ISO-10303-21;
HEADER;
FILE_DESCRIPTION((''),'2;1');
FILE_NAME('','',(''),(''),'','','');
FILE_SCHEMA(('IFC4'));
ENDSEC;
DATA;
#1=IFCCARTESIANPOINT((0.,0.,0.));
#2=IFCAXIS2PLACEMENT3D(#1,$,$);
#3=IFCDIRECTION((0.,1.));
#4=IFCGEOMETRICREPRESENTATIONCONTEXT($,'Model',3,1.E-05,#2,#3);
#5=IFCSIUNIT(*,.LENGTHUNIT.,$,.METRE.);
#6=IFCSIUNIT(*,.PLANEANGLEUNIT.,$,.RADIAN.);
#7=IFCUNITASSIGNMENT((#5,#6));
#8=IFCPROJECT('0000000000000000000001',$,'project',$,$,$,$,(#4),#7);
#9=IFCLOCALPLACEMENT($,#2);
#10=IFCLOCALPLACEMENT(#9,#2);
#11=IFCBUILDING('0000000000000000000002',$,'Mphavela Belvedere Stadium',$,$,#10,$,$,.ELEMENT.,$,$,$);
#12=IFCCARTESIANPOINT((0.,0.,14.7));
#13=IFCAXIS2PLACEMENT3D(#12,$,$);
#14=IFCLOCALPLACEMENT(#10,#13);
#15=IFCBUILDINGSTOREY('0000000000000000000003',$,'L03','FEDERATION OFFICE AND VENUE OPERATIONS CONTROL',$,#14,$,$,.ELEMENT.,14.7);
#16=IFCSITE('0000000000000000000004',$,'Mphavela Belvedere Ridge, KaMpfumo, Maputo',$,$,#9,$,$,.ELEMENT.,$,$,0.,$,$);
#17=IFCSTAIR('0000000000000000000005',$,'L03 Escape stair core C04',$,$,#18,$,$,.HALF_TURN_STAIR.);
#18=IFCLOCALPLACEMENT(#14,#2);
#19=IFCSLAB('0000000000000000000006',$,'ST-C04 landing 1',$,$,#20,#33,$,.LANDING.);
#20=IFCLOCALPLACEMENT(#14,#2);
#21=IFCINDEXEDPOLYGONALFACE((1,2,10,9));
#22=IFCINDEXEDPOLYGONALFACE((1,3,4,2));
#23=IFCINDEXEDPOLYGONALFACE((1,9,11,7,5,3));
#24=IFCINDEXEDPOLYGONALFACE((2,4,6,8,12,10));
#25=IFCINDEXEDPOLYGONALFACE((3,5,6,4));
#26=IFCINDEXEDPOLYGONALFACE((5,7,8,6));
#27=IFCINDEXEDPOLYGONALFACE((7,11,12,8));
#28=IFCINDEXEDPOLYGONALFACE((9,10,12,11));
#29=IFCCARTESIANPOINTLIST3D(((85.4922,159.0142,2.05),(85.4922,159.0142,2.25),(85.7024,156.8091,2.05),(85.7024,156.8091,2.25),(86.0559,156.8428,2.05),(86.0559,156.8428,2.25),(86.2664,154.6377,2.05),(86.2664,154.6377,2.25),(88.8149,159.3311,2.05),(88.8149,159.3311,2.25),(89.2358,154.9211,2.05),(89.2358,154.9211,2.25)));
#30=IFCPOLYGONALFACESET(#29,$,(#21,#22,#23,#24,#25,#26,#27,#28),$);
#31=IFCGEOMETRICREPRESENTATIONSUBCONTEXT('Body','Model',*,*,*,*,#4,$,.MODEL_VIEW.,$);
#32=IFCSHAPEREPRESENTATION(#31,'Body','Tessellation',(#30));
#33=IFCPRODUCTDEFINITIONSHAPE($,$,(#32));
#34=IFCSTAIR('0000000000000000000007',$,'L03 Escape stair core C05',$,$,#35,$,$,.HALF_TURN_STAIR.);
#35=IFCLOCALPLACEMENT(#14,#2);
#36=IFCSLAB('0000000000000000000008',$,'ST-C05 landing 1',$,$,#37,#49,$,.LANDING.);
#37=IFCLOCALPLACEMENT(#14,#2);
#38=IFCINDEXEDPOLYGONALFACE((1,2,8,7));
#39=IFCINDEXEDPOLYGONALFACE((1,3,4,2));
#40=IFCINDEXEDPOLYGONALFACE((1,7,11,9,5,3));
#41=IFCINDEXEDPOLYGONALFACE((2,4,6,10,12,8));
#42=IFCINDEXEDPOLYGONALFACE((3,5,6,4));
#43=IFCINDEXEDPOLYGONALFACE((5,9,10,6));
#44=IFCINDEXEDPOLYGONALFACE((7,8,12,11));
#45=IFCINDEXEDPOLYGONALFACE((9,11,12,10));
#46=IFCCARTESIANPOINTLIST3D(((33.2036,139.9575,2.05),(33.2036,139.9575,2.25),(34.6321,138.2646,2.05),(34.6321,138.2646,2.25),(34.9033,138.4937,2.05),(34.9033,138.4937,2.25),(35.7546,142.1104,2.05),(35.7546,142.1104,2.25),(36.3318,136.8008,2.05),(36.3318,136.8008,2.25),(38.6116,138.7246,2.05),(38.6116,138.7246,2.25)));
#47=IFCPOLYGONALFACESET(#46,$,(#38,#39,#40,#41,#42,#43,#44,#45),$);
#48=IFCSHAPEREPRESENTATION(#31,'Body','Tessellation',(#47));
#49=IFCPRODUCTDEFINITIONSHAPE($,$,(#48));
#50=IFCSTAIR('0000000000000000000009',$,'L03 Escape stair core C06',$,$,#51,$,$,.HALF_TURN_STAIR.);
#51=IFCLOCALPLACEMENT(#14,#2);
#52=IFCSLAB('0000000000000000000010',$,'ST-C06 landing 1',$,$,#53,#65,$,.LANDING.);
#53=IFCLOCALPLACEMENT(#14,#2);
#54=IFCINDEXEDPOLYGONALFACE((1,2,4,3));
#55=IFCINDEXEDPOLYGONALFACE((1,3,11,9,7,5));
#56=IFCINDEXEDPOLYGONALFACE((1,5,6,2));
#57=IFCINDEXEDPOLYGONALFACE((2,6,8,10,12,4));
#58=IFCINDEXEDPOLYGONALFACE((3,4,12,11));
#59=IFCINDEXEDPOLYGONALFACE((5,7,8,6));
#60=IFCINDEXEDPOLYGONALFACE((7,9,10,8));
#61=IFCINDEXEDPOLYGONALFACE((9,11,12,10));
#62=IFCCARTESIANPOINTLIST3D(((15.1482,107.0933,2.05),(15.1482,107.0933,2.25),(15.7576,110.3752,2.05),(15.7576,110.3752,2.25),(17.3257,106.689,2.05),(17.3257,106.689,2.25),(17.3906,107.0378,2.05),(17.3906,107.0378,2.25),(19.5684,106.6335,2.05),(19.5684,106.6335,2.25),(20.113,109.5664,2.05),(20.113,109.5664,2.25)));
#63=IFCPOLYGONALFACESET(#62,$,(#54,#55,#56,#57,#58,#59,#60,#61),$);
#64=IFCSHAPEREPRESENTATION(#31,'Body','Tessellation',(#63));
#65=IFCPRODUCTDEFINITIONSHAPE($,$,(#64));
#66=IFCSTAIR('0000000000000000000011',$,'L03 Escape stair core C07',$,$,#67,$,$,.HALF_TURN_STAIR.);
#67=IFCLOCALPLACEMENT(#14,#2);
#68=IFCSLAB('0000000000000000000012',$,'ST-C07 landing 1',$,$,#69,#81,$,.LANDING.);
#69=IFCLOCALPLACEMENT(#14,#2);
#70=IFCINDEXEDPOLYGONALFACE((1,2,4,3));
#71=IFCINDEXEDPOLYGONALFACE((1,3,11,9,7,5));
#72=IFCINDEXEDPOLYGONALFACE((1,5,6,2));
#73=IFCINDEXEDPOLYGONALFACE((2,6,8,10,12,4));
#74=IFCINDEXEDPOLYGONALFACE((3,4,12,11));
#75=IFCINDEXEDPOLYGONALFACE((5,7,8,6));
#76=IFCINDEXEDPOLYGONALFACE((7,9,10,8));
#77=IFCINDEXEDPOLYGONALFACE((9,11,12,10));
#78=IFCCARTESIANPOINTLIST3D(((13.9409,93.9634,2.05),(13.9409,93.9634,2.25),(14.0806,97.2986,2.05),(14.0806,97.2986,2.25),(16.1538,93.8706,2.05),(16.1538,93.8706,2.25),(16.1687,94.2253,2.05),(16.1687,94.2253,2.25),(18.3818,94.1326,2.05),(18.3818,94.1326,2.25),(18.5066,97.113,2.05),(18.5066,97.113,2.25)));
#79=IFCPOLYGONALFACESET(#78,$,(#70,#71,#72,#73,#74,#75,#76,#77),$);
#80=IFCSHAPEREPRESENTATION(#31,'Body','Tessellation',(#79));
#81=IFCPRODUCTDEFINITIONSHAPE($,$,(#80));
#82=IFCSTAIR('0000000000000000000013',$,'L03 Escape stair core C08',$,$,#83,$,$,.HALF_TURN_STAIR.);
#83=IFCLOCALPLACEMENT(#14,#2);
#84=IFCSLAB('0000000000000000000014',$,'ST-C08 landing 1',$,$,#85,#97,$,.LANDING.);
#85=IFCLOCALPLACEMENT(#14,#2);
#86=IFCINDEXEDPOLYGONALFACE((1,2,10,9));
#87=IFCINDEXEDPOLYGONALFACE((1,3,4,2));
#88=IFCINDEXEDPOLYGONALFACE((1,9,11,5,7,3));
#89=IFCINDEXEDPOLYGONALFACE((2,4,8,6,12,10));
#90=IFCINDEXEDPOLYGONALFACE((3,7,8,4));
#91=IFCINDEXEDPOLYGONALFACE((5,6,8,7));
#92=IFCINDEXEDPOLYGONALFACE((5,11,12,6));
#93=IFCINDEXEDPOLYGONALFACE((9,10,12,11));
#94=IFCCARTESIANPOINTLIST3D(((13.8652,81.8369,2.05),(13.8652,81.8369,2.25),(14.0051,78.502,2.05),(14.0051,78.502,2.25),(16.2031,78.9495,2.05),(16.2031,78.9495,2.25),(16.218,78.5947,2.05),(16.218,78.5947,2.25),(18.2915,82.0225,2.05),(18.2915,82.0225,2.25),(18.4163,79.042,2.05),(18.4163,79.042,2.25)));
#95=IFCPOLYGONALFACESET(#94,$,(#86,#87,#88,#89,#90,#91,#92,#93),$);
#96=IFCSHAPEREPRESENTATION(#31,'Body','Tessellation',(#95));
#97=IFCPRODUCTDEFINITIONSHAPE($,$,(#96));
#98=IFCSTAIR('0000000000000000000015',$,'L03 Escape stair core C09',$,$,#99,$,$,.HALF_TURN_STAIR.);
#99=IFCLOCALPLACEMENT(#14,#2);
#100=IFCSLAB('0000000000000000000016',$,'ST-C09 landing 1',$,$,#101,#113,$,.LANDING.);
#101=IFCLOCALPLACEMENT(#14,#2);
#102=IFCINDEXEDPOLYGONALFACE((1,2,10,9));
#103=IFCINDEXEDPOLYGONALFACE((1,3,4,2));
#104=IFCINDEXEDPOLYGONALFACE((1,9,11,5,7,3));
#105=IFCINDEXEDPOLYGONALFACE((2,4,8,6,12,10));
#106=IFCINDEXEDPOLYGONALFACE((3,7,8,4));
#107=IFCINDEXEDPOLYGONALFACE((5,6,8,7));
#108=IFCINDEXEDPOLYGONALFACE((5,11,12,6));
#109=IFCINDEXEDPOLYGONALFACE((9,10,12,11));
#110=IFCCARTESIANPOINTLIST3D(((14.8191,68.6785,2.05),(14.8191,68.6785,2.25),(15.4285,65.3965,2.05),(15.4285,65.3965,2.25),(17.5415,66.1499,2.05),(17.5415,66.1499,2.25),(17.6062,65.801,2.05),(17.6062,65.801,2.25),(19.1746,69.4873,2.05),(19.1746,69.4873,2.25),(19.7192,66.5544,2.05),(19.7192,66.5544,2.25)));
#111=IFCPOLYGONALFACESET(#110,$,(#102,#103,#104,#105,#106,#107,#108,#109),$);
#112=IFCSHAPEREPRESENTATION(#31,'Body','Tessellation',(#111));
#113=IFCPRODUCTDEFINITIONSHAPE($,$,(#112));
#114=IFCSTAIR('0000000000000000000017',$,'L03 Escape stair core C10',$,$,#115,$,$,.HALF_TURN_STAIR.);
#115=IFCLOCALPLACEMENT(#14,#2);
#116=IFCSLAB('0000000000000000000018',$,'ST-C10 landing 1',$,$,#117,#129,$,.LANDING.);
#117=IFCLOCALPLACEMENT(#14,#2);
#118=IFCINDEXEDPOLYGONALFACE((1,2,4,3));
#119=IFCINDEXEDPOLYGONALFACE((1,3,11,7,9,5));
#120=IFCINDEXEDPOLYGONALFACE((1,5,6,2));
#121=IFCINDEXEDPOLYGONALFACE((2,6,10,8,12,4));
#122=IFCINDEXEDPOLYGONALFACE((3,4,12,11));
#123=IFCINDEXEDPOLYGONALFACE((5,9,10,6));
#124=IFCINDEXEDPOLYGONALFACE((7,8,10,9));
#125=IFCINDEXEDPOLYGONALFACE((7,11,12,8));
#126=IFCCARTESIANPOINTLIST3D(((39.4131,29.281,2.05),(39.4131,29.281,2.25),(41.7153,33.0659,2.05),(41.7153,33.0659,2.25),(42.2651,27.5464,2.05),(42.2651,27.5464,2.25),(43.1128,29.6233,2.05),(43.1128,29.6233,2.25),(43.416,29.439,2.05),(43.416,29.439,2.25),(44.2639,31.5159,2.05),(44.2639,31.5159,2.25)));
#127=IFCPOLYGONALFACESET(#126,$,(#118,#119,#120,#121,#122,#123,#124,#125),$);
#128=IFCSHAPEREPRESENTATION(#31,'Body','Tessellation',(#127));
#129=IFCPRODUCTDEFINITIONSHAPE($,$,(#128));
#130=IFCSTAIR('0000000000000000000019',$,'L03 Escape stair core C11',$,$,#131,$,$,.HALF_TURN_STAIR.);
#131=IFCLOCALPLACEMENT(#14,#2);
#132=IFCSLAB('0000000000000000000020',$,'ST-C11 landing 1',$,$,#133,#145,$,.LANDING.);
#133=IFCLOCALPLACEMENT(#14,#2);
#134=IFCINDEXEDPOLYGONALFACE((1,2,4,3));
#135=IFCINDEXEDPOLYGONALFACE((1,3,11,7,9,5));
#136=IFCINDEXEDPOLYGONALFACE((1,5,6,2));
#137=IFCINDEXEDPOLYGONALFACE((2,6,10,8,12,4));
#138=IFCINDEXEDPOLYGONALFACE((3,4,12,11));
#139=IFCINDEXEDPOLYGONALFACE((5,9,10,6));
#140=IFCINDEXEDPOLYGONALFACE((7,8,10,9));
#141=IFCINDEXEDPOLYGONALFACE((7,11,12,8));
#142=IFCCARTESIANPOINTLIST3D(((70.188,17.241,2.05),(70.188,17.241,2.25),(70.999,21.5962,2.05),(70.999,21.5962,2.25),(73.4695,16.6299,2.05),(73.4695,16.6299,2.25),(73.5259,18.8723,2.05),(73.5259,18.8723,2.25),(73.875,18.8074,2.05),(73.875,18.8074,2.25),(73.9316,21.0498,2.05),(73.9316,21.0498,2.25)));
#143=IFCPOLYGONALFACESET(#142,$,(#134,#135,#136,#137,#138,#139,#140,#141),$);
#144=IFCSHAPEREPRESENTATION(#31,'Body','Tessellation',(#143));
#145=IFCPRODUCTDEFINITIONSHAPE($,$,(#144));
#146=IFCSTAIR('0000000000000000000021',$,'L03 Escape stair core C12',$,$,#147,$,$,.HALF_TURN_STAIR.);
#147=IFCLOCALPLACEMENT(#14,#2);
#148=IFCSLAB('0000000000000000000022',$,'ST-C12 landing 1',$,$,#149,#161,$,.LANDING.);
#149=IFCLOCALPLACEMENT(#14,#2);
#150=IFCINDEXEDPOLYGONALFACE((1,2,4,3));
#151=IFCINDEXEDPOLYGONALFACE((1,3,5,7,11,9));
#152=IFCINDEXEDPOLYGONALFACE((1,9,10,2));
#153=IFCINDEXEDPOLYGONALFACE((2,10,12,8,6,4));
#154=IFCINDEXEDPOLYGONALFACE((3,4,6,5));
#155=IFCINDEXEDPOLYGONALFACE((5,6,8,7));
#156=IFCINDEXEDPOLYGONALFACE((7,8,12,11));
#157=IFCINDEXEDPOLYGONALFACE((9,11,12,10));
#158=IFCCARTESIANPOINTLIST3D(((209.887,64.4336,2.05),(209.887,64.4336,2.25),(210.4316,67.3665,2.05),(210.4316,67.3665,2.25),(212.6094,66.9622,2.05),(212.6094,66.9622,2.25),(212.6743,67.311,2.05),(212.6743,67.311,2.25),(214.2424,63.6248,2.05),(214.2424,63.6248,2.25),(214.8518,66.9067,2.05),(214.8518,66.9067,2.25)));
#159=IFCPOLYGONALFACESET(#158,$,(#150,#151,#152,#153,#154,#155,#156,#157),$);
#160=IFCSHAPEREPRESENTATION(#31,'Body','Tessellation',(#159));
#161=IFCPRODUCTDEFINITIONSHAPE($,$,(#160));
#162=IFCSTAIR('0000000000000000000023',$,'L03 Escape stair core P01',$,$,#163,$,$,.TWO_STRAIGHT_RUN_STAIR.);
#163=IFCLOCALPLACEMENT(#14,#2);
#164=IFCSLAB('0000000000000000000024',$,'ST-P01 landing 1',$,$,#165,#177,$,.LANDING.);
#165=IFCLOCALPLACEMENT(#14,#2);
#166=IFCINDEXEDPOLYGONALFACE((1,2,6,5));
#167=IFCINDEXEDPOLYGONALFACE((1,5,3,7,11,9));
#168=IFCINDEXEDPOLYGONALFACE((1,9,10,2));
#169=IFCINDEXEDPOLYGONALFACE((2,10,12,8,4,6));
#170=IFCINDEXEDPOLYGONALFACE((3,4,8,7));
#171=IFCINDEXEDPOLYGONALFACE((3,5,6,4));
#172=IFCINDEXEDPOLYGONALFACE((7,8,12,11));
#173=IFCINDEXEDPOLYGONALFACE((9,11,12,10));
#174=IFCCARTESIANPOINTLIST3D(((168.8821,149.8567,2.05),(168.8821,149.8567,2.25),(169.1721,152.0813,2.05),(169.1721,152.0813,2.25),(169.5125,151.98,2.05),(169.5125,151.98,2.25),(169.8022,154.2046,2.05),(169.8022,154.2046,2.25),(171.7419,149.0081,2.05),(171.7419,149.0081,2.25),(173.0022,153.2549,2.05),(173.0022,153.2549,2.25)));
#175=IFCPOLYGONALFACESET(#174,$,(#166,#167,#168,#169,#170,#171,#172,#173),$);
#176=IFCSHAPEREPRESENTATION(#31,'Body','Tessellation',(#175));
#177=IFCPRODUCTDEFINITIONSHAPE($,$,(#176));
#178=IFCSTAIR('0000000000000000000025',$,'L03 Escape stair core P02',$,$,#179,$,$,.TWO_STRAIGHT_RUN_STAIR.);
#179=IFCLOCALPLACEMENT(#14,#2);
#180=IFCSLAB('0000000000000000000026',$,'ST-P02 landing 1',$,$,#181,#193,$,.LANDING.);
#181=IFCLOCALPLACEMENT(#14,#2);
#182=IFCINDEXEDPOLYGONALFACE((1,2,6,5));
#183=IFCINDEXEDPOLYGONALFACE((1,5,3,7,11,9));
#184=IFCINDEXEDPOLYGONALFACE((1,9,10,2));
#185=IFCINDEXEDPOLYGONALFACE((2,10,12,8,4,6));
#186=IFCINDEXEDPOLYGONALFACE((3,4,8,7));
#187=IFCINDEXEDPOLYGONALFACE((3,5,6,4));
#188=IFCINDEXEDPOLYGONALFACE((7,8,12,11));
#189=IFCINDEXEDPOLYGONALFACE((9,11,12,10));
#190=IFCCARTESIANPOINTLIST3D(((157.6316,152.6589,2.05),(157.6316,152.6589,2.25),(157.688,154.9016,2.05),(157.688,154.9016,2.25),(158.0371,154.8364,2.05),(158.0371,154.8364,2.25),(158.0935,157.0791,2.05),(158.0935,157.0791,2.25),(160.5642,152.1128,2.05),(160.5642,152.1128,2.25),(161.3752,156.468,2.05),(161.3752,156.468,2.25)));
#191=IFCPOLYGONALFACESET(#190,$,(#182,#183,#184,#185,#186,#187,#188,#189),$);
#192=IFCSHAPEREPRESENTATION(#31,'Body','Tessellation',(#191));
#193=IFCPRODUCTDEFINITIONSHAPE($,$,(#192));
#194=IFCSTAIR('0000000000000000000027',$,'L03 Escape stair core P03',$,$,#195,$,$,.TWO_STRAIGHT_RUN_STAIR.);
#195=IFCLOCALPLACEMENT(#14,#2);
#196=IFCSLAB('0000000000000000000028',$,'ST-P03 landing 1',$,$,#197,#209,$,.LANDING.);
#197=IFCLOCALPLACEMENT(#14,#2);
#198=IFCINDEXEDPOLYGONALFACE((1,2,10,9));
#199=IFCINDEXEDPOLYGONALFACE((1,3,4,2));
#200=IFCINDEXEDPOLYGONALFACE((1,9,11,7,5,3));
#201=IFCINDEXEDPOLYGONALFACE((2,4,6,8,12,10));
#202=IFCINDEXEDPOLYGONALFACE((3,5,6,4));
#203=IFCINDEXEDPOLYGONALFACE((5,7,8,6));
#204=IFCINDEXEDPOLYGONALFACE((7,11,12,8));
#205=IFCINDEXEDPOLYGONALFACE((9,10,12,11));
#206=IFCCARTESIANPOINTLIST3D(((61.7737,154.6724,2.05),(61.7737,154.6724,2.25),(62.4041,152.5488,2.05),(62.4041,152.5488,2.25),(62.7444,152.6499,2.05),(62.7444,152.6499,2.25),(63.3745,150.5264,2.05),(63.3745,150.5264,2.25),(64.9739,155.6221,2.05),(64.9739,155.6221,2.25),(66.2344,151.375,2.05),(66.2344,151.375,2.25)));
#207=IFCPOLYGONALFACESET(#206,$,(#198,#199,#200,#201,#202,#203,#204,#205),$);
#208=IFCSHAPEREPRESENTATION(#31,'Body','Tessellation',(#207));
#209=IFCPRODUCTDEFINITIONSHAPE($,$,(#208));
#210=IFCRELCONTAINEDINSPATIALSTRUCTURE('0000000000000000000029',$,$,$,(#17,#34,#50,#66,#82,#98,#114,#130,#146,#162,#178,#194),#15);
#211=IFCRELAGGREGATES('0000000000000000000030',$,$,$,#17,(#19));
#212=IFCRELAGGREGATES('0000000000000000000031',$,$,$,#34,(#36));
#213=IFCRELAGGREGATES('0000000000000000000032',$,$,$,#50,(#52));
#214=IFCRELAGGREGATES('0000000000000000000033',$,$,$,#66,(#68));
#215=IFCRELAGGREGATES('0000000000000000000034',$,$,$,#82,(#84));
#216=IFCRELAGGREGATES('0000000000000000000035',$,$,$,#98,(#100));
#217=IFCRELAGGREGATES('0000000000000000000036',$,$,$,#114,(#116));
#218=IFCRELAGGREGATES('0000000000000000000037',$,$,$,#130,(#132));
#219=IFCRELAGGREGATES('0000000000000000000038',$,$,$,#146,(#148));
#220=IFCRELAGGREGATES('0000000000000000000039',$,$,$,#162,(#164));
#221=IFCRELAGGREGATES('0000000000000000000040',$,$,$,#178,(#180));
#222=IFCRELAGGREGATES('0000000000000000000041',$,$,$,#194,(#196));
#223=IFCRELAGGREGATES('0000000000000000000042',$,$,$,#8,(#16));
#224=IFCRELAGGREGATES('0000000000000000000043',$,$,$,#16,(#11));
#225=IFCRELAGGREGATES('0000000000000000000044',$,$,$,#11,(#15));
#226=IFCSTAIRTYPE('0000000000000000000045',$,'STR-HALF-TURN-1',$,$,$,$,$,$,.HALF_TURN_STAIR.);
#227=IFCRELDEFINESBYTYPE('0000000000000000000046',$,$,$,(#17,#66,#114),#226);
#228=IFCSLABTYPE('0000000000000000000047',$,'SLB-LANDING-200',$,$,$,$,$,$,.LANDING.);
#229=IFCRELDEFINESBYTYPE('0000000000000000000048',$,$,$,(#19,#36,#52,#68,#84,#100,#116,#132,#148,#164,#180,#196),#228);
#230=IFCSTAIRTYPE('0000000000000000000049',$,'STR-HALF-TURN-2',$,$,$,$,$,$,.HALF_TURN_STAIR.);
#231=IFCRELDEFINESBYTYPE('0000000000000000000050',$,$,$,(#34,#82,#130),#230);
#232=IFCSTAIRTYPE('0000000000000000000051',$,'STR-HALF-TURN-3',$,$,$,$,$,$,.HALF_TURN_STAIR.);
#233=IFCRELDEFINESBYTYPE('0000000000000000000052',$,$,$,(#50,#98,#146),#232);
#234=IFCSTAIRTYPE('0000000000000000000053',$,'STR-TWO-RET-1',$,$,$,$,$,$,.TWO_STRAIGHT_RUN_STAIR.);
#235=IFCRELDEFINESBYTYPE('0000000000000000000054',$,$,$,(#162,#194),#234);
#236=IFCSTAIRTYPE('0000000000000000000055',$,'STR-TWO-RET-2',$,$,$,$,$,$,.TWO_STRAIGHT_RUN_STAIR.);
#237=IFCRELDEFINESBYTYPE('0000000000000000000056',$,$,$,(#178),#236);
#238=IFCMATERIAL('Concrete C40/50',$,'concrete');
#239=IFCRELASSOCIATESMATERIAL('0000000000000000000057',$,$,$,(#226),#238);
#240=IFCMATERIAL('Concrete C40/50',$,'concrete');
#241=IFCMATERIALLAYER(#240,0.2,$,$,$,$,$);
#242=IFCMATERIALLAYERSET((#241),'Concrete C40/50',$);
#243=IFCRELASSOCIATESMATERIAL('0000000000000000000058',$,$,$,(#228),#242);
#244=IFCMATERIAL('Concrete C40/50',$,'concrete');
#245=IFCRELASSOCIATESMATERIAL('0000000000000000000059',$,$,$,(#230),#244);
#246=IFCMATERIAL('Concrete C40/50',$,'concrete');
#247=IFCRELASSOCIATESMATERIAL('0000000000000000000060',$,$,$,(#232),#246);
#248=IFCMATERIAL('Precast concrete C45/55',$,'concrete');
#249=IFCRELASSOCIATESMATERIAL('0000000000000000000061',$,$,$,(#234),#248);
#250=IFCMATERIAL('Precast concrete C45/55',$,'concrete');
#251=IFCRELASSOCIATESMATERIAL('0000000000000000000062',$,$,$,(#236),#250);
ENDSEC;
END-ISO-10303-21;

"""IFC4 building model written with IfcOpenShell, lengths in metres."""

from ifc_helpers import new_model, si_unit, direction, frame, origin, place, context, subcontext, project, spatial, polyline, outline, extrude, material, layer, layer_set, type_object, element, aggregate, save


model = new_model("IFC4")

# Units and contexts
model_context = context("Model", 3, precision=1e-05, world=origin(), true_north=direction((0.0, 1.0)))
body_context = subcontext(model_context, "Body", "Model", "MODEL_VIEW")
ifc_project = project(units=[si_unit("LENGTHUNIT", "METRE"), si_unit("PLANEANGLEUNIT", "RADIAN")], contexts=[model_context])

# Site, building, storey
site_placement = place(None, origin())
site = spatial("IfcSite", under=ifc_project, at=site_placement, Name="Mphavela Belvedere Ridge, KaMpfumo, Maputo", CompositionType="ELEMENT", RefElevation=0.0)
building_placement = place(site_placement, origin())
building = spatial("IfcBuilding", under=site, at=building_placement, Name="Mphavela Belvedere Stadium", CompositionType="ELEMENT")
storey_placement = place(building_placement, frame((0.0, 0.0, 14.7)))
storey = spatial("IfcBuildingStorey", under=building, at=storey_placement, Name="L03", Description="FEDERATION OFFICE AND VENUE OPERATIONS CONTROL", CompositionType="ELEMENT", Elevation=14.7)

# Stairs, slabs
ifc_material_1 = material(Name="Concrete C40/50", Category="concrete")
stair_type_1 = type_object("IfcStairType", Name="STR-HALF-TURN-1", PredefinedType="HALF_TURN_STAIR", material=ifc_material_1)
ifc_material_2 = material(Name="Concrete C40/50", Category="concrete")
ifc_layer_1 = layer(ifc_material_2, 0.2)
ifc_layer_set_1 = layer_set([ifc_layer_1], Name="Concrete C40/50")
slab_type_1 = type_object("IfcSlabType", Name="SLB-LANDING-200", PredefinedType="LANDING", material=ifc_layer_set_1)
ifc_material_3 = material(Name="Concrete C40/50", Category="concrete")
stair_type_2 = type_object("IfcStairType", Name="STR-HALF-TURN-2", PredefinedType="HALF_TURN_STAIR", material=ifc_material_3)
ifc_material_4 = material(Name="Concrete C40/50", Category="concrete")
stair_type_3 = type_object("IfcStairType", Name="STR-HALF-TURN-3", PredefinedType="HALF_TURN_STAIR", material=ifc_material_4)
stair_1_placement = place(storey_placement, origin())
stair_1 = element("IfcStair", 1, at=stair_1_placement, inside=storey, type_object=stair_type_1, Name="L03 Escape stair core C04", PredefinedType="HALF_TURN_STAIR")
slab_1_placement = place(storey_placement, frame((0.0, 0.0, 2.05)))
slab_1 = element("IfcSlab", 2, at=slab_1_placement, type_object=slab_type_1, Name="ST-C04 landing 1", PredefinedType="LANDING", context=body_context, shape_type="SweptSolid", body=[
    extrude(outline(polyline([(86.2664, 154.6377), (89.2358, 154.9211), (88.8149, 159.3311), (85.4922, 159.0142), (85.7024, 156.8091), (86.0559, 156.8428), (86.2664, 154.6377)])), origin(), (0.0, 0.0, 1.0), 0.2),
])
aggregate(stair_1, [slab_1])
stair_2_placement = place(storey_placement, origin())
stair_2 = element("IfcStair", 3, at=stair_2_placement, inside=storey, type_object=stair_type_2, Name="L03 Escape stair core C05", PredefinedType="HALF_TURN_STAIR")
slab_2_placement = place(storey_placement, frame((0.0, 0.0, 2.05)))
slab_2 = element("IfcSlab", 4, at=slab_2_placement, type_object=slab_type_1, Name="ST-C05 landing 1", PredefinedType="LANDING", context=body_context, shape_type="SweptSolid", body=[
    extrude(outline(polyline([(36.3318, 136.8008), (38.6116, 138.7246), (35.7546, 142.1104), (33.2036, 139.9575), (34.6321, 138.2646), (34.9033, 138.4937), (36.3318, 136.8008)])), origin(), (0.0, 0.0, 1.0), 0.2),
])
aggregate(stair_2, [slab_2])
stair_3_placement = place(storey_placement, origin())
stair_3 = element("IfcStair", 5, at=stair_3_placement, inside=storey, type_object=stair_type_3, Name="L03 Escape stair core C06", PredefinedType="HALF_TURN_STAIR")
slab_3_placement = place(storey_placement, frame((0.0, 0.0, 2.05)))
slab_3 = element("IfcSlab", 6, at=slab_3_placement, type_object=slab_type_1, Name="ST-C06 landing 1", PredefinedType="LANDING", context=body_context, shape_type="SweptSolid", body=[
    extrude(outline(polyline([(19.5684, 106.6335), (20.113, 109.5664), (15.7576, 110.3752), (15.1482, 107.0933), (17.3257, 106.689), (17.3906, 107.0378), (19.5684, 106.6335)])), origin(), (0.0, 0.0, 1.0), 0.2),
])
aggregate(stair_3, [slab_3])
stair_4_placement = place(storey_placement, origin())
stair_4 = element("IfcStair", 7, at=stair_4_placement, inside=storey, type_object=stair_type_1, Name="L03 Escape stair core C07", PredefinedType="HALF_TURN_STAIR")
slab_4_placement = place(storey_placement, frame((0.0, 0.0, 2.05)))
slab_4 = element("IfcSlab", 8, at=slab_4_placement, type_object=slab_type_1, Name="ST-C07 landing 1", PredefinedType="LANDING", context=body_context, shape_type="SweptSolid", body=[
    extrude(outline(polyline([(18.3818, 94.1326), (18.5066, 97.113), (14.0806, 97.2986), (13.9409, 93.9634), (16.1538, 93.8706), (16.1687, 94.2253), (18.3818, 94.1326)])), origin(), (0.0, 0.0, 1.0), 0.2),
])
aggregate(stair_4, [slab_4])
stair_5_placement = place(storey_placement, origin())
stair_5 = element("IfcStair", 9, at=stair_5_placement, inside=storey, type_object=stair_type_2, Name="L03 Escape stair core C08", PredefinedType="HALF_TURN_STAIR")
slab_5_placement = place(storey_placement, frame((0.0, 0.0, 2.05)))
slab_5 = element("IfcSlab", 10, at=slab_5_placement, type_object=slab_type_1, Name="ST-C08 landing 1", PredefinedType="LANDING", context=body_context, shape_type="SweptSolid", body=[
    extrude(outline(polyline([(18.4163, 79.042), (18.2915, 82.0225), (13.8652, 81.8369), (14.0051, 78.502), (16.218, 78.5947), (16.2031, 78.9495), (18.4163, 79.042)])), origin(), (0.0, 0.0, 1.0), 0.2),
])
aggregate(stair_5, [slab_5])
stair_6_placement = place(storey_placement, origin())
stair_6 = element("IfcStair", 11, at=stair_6_placement, inside=storey, type_object=stair_type_3, Name="L03 Escape stair core C09", PredefinedType="HALF_TURN_STAIR")
slab_6_placement = place(storey_placement, frame((0.0, 0.0, 2.05)))
slab_6 = element("IfcSlab", 12, at=slab_6_placement, type_object=slab_type_1, Name="ST-C09 landing 1", PredefinedType="LANDING", context=body_context, shape_type="SweptSolid", body=[
    extrude(outline(polyline([(19.7192, 66.5544), (19.1746, 69.4873), (14.8191, 68.6785), (15.4285, 65.3965), (17.6062, 65.801), (17.5415, 66.1499), (19.7192, 66.5544)])), origin(), (0.0, 0.0, 1.0), 0.2),
])
aggregate(stair_6, [slab_6])
stair_7_placement = place(storey_placement, origin())
stair_7 = element("IfcStair", 13, at=stair_7_placement, inside=storey, type_object=stair_type_1, Name="L03 Escape stair core C10", PredefinedType="HALF_TURN_STAIR")
slab_7_placement = place(storey_placement, frame((0.0, 0.0, 2.05)))
slab_7 = element("IfcSlab", 14, at=slab_7_placement, type_object=slab_type_1, Name="ST-C10 landing 1", PredefinedType="LANDING", context=body_context, shape_type="SweptSolid", body=[
    extrude(outline(polyline([(44.2639, 31.5159), (41.7153, 33.0659), (39.4131, 29.281), (42.2651, 27.5464), (43.416, 29.439), (43.1128, 29.6233), (44.2639, 31.5159)])), origin(), (0.0, 0.0, 1.0), 0.2),
])
aggregate(stair_7, [slab_7])
stair_8_placement = place(storey_placement, origin())
stair_8 = element("IfcStair", 15, at=stair_8_placement, inside=storey, type_object=stair_type_2, Name="L03 Escape stair core C11", PredefinedType="HALF_TURN_STAIR")
slab_8_placement = place(storey_placement, frame((0.0, 0.0, 2.05)))
slab_8 = element("IfcSlab", 16, at=slab_8_placement, type_object=slab_type_1, Name="ST-C11 landing 1", PredefinedType="LANDING", context=body_context, shape_type="SweptSolid", body=[
    extrude(outline(polyline([(73.9316, 21.0498), (70.999, 21.5962), (70.188, 17.241), (73.4695, 16.6299), (73.875, 18.8074), (73.5259, 18.8723), (73.9316, 21.0498)])), origin(), (0.0, 0.0, 1.0), 0.2),
])
aggregate(stair_8, [slab_8])
stair_9_placement = place(storey_placement, origin())
stair_9 = element("IfcStair", 17, at=stair_9_placement, inside=storey, type_object=stair_type_3, Name="L03 Escape stair core C12", PredefinedType="HALF_TURN_STAIR")
slab_9_placement = place(storey_placement, frame((0.0, 0.0, 2.05)))
slab_9 = element("IfcSlab", 18, at=slab_9_placement, type_object=slab_type_1, Name="ST-C12 landing 1", PredefinedType="LANDING", context=body_context, shape_type="SweptSolid", body=[
    extrude(outline(polyline([(210.4316, 67.3665), (209.887, 64.4336), (214.2424, 63.6248), (214.8518, 66.9067), (212.6743, 67.311), (212.6094, 66.9622), (210.4316, 67.3665)])), origin(), (0.0, 0.0, 1.0), 0.2),
])
aggregate(stair_9, [slab_9])
ifc_material_5 = material(Name="Precast concrete C45/55", Category="concrete")
stair_type_4 = type_object("IfcStairType", Name="STR-TWO-RET-1", PredefinedType="TWO_STRAIGHT_RUN_STAIR", material=ifc_material_5)
stair_10_placement = place(storey_placement, origin())
stair_10 = element("IfcStair", 19, at=stair_10_placement, inside=storey, type_object=stair_type_4, Name="L03 Escape stair core P01", PredefinedType="TWO_STRAIGHT_RUN_STAIR")
slab_10_placement = place(storey_placement, frame((0.0, 0.0, 2.05)))
slab_10 = element("IfcSlab", 20, at=slab_10_placement, type_object=slab_type_1, Name="ST-P01 landing 1", PredefinedType="LANDING", context=body_context, shape_type="SweptSolid", body=[
    extrude(outline(polyline([(168.8821, 149.8567), (171.7419, 149.0081), (173.0022, 153.2549), (169.8022, 154.2046), (169.1721, 152.0813), (169.5125, 151.98), (168.8821, 149.8567)])), origin(), (0.0, 0.0, 1.0), 0.2),
])
aggregate(stair_10, [slab_10])
ifc_material_6 = material(Name="Precast concrete C45/55", Category="concrete")
stair_type_5 = type_object("IfcStairType", Name="STR-TWO-RET-2", PredefinedType="TWO_STRAIGHT_RUN_STAIR", material=ifc_material_6)
stair_11_placement = place(storey_placement, origin())
stair_11 = element("IfcStair", 21, at=stair_11_placement, inside=storey, type_object=stair_type_5, Name="L03 Escape stair core P02", PredefinedType="TWO_STRAIGHT_RUN_STAIR")
slab_11_placement = place(storey_placement, frame((0.0, 0.0, 2.05)))
slab_11 = element("IfcSlab", 22, at=slab_11_placement, type_object=slab_type_1, Name="ST-P02 landing 1", PredefinedType="LANDING", context=body_context, shape_type="SweptSolid", body=[
    extrude(outline(polyline([(157.6316, 152.6589), (160.5642, 152.1128), (161.3752, 156.468), (158.0935, 157.0791), (157.688, 154.9016), (158.0371, 154.8364), (157.6316, 152.6589)])), origin(), (0.0, 0.0, 1.0), 0.2),
])
aggregate(stair_11, [slab_11])
stair_12_placement = place(storey_placement, origin())
stair_12 = element("IfcStair", 23, at=stair_12_placement, inside=storey, type_object=stair_type_4, Name="L03 Escape stair core P03", PredefinedType="TWO_STRAIGHT_RUN_STAIR")
slab_12_placement = place(storey_placement, frame((0.0, 0.0, 2.05)))
slab_12 = element("IfcSlab", 24, at=slab_12_placement, type_object=slab_type_1, Name="ST-P03 landing 1", PredefinedType="LANDING", context=body_context, shape_type="SweptSolid", body=[
    extrude(outline(polyline([(63.3745, 150.5264), (66.2344, 151.375), (64.9739, 155.6221), (61.7737, 154.6724), (62.4041, 152.5488), (62.7444, 152.6499), (63.3745, 150.5264)])), origin(), (0.0, 0.0, 1.0), 0.2),
])
aggregate(stair_12, [slab_12])

save(model, "model.ifc")
